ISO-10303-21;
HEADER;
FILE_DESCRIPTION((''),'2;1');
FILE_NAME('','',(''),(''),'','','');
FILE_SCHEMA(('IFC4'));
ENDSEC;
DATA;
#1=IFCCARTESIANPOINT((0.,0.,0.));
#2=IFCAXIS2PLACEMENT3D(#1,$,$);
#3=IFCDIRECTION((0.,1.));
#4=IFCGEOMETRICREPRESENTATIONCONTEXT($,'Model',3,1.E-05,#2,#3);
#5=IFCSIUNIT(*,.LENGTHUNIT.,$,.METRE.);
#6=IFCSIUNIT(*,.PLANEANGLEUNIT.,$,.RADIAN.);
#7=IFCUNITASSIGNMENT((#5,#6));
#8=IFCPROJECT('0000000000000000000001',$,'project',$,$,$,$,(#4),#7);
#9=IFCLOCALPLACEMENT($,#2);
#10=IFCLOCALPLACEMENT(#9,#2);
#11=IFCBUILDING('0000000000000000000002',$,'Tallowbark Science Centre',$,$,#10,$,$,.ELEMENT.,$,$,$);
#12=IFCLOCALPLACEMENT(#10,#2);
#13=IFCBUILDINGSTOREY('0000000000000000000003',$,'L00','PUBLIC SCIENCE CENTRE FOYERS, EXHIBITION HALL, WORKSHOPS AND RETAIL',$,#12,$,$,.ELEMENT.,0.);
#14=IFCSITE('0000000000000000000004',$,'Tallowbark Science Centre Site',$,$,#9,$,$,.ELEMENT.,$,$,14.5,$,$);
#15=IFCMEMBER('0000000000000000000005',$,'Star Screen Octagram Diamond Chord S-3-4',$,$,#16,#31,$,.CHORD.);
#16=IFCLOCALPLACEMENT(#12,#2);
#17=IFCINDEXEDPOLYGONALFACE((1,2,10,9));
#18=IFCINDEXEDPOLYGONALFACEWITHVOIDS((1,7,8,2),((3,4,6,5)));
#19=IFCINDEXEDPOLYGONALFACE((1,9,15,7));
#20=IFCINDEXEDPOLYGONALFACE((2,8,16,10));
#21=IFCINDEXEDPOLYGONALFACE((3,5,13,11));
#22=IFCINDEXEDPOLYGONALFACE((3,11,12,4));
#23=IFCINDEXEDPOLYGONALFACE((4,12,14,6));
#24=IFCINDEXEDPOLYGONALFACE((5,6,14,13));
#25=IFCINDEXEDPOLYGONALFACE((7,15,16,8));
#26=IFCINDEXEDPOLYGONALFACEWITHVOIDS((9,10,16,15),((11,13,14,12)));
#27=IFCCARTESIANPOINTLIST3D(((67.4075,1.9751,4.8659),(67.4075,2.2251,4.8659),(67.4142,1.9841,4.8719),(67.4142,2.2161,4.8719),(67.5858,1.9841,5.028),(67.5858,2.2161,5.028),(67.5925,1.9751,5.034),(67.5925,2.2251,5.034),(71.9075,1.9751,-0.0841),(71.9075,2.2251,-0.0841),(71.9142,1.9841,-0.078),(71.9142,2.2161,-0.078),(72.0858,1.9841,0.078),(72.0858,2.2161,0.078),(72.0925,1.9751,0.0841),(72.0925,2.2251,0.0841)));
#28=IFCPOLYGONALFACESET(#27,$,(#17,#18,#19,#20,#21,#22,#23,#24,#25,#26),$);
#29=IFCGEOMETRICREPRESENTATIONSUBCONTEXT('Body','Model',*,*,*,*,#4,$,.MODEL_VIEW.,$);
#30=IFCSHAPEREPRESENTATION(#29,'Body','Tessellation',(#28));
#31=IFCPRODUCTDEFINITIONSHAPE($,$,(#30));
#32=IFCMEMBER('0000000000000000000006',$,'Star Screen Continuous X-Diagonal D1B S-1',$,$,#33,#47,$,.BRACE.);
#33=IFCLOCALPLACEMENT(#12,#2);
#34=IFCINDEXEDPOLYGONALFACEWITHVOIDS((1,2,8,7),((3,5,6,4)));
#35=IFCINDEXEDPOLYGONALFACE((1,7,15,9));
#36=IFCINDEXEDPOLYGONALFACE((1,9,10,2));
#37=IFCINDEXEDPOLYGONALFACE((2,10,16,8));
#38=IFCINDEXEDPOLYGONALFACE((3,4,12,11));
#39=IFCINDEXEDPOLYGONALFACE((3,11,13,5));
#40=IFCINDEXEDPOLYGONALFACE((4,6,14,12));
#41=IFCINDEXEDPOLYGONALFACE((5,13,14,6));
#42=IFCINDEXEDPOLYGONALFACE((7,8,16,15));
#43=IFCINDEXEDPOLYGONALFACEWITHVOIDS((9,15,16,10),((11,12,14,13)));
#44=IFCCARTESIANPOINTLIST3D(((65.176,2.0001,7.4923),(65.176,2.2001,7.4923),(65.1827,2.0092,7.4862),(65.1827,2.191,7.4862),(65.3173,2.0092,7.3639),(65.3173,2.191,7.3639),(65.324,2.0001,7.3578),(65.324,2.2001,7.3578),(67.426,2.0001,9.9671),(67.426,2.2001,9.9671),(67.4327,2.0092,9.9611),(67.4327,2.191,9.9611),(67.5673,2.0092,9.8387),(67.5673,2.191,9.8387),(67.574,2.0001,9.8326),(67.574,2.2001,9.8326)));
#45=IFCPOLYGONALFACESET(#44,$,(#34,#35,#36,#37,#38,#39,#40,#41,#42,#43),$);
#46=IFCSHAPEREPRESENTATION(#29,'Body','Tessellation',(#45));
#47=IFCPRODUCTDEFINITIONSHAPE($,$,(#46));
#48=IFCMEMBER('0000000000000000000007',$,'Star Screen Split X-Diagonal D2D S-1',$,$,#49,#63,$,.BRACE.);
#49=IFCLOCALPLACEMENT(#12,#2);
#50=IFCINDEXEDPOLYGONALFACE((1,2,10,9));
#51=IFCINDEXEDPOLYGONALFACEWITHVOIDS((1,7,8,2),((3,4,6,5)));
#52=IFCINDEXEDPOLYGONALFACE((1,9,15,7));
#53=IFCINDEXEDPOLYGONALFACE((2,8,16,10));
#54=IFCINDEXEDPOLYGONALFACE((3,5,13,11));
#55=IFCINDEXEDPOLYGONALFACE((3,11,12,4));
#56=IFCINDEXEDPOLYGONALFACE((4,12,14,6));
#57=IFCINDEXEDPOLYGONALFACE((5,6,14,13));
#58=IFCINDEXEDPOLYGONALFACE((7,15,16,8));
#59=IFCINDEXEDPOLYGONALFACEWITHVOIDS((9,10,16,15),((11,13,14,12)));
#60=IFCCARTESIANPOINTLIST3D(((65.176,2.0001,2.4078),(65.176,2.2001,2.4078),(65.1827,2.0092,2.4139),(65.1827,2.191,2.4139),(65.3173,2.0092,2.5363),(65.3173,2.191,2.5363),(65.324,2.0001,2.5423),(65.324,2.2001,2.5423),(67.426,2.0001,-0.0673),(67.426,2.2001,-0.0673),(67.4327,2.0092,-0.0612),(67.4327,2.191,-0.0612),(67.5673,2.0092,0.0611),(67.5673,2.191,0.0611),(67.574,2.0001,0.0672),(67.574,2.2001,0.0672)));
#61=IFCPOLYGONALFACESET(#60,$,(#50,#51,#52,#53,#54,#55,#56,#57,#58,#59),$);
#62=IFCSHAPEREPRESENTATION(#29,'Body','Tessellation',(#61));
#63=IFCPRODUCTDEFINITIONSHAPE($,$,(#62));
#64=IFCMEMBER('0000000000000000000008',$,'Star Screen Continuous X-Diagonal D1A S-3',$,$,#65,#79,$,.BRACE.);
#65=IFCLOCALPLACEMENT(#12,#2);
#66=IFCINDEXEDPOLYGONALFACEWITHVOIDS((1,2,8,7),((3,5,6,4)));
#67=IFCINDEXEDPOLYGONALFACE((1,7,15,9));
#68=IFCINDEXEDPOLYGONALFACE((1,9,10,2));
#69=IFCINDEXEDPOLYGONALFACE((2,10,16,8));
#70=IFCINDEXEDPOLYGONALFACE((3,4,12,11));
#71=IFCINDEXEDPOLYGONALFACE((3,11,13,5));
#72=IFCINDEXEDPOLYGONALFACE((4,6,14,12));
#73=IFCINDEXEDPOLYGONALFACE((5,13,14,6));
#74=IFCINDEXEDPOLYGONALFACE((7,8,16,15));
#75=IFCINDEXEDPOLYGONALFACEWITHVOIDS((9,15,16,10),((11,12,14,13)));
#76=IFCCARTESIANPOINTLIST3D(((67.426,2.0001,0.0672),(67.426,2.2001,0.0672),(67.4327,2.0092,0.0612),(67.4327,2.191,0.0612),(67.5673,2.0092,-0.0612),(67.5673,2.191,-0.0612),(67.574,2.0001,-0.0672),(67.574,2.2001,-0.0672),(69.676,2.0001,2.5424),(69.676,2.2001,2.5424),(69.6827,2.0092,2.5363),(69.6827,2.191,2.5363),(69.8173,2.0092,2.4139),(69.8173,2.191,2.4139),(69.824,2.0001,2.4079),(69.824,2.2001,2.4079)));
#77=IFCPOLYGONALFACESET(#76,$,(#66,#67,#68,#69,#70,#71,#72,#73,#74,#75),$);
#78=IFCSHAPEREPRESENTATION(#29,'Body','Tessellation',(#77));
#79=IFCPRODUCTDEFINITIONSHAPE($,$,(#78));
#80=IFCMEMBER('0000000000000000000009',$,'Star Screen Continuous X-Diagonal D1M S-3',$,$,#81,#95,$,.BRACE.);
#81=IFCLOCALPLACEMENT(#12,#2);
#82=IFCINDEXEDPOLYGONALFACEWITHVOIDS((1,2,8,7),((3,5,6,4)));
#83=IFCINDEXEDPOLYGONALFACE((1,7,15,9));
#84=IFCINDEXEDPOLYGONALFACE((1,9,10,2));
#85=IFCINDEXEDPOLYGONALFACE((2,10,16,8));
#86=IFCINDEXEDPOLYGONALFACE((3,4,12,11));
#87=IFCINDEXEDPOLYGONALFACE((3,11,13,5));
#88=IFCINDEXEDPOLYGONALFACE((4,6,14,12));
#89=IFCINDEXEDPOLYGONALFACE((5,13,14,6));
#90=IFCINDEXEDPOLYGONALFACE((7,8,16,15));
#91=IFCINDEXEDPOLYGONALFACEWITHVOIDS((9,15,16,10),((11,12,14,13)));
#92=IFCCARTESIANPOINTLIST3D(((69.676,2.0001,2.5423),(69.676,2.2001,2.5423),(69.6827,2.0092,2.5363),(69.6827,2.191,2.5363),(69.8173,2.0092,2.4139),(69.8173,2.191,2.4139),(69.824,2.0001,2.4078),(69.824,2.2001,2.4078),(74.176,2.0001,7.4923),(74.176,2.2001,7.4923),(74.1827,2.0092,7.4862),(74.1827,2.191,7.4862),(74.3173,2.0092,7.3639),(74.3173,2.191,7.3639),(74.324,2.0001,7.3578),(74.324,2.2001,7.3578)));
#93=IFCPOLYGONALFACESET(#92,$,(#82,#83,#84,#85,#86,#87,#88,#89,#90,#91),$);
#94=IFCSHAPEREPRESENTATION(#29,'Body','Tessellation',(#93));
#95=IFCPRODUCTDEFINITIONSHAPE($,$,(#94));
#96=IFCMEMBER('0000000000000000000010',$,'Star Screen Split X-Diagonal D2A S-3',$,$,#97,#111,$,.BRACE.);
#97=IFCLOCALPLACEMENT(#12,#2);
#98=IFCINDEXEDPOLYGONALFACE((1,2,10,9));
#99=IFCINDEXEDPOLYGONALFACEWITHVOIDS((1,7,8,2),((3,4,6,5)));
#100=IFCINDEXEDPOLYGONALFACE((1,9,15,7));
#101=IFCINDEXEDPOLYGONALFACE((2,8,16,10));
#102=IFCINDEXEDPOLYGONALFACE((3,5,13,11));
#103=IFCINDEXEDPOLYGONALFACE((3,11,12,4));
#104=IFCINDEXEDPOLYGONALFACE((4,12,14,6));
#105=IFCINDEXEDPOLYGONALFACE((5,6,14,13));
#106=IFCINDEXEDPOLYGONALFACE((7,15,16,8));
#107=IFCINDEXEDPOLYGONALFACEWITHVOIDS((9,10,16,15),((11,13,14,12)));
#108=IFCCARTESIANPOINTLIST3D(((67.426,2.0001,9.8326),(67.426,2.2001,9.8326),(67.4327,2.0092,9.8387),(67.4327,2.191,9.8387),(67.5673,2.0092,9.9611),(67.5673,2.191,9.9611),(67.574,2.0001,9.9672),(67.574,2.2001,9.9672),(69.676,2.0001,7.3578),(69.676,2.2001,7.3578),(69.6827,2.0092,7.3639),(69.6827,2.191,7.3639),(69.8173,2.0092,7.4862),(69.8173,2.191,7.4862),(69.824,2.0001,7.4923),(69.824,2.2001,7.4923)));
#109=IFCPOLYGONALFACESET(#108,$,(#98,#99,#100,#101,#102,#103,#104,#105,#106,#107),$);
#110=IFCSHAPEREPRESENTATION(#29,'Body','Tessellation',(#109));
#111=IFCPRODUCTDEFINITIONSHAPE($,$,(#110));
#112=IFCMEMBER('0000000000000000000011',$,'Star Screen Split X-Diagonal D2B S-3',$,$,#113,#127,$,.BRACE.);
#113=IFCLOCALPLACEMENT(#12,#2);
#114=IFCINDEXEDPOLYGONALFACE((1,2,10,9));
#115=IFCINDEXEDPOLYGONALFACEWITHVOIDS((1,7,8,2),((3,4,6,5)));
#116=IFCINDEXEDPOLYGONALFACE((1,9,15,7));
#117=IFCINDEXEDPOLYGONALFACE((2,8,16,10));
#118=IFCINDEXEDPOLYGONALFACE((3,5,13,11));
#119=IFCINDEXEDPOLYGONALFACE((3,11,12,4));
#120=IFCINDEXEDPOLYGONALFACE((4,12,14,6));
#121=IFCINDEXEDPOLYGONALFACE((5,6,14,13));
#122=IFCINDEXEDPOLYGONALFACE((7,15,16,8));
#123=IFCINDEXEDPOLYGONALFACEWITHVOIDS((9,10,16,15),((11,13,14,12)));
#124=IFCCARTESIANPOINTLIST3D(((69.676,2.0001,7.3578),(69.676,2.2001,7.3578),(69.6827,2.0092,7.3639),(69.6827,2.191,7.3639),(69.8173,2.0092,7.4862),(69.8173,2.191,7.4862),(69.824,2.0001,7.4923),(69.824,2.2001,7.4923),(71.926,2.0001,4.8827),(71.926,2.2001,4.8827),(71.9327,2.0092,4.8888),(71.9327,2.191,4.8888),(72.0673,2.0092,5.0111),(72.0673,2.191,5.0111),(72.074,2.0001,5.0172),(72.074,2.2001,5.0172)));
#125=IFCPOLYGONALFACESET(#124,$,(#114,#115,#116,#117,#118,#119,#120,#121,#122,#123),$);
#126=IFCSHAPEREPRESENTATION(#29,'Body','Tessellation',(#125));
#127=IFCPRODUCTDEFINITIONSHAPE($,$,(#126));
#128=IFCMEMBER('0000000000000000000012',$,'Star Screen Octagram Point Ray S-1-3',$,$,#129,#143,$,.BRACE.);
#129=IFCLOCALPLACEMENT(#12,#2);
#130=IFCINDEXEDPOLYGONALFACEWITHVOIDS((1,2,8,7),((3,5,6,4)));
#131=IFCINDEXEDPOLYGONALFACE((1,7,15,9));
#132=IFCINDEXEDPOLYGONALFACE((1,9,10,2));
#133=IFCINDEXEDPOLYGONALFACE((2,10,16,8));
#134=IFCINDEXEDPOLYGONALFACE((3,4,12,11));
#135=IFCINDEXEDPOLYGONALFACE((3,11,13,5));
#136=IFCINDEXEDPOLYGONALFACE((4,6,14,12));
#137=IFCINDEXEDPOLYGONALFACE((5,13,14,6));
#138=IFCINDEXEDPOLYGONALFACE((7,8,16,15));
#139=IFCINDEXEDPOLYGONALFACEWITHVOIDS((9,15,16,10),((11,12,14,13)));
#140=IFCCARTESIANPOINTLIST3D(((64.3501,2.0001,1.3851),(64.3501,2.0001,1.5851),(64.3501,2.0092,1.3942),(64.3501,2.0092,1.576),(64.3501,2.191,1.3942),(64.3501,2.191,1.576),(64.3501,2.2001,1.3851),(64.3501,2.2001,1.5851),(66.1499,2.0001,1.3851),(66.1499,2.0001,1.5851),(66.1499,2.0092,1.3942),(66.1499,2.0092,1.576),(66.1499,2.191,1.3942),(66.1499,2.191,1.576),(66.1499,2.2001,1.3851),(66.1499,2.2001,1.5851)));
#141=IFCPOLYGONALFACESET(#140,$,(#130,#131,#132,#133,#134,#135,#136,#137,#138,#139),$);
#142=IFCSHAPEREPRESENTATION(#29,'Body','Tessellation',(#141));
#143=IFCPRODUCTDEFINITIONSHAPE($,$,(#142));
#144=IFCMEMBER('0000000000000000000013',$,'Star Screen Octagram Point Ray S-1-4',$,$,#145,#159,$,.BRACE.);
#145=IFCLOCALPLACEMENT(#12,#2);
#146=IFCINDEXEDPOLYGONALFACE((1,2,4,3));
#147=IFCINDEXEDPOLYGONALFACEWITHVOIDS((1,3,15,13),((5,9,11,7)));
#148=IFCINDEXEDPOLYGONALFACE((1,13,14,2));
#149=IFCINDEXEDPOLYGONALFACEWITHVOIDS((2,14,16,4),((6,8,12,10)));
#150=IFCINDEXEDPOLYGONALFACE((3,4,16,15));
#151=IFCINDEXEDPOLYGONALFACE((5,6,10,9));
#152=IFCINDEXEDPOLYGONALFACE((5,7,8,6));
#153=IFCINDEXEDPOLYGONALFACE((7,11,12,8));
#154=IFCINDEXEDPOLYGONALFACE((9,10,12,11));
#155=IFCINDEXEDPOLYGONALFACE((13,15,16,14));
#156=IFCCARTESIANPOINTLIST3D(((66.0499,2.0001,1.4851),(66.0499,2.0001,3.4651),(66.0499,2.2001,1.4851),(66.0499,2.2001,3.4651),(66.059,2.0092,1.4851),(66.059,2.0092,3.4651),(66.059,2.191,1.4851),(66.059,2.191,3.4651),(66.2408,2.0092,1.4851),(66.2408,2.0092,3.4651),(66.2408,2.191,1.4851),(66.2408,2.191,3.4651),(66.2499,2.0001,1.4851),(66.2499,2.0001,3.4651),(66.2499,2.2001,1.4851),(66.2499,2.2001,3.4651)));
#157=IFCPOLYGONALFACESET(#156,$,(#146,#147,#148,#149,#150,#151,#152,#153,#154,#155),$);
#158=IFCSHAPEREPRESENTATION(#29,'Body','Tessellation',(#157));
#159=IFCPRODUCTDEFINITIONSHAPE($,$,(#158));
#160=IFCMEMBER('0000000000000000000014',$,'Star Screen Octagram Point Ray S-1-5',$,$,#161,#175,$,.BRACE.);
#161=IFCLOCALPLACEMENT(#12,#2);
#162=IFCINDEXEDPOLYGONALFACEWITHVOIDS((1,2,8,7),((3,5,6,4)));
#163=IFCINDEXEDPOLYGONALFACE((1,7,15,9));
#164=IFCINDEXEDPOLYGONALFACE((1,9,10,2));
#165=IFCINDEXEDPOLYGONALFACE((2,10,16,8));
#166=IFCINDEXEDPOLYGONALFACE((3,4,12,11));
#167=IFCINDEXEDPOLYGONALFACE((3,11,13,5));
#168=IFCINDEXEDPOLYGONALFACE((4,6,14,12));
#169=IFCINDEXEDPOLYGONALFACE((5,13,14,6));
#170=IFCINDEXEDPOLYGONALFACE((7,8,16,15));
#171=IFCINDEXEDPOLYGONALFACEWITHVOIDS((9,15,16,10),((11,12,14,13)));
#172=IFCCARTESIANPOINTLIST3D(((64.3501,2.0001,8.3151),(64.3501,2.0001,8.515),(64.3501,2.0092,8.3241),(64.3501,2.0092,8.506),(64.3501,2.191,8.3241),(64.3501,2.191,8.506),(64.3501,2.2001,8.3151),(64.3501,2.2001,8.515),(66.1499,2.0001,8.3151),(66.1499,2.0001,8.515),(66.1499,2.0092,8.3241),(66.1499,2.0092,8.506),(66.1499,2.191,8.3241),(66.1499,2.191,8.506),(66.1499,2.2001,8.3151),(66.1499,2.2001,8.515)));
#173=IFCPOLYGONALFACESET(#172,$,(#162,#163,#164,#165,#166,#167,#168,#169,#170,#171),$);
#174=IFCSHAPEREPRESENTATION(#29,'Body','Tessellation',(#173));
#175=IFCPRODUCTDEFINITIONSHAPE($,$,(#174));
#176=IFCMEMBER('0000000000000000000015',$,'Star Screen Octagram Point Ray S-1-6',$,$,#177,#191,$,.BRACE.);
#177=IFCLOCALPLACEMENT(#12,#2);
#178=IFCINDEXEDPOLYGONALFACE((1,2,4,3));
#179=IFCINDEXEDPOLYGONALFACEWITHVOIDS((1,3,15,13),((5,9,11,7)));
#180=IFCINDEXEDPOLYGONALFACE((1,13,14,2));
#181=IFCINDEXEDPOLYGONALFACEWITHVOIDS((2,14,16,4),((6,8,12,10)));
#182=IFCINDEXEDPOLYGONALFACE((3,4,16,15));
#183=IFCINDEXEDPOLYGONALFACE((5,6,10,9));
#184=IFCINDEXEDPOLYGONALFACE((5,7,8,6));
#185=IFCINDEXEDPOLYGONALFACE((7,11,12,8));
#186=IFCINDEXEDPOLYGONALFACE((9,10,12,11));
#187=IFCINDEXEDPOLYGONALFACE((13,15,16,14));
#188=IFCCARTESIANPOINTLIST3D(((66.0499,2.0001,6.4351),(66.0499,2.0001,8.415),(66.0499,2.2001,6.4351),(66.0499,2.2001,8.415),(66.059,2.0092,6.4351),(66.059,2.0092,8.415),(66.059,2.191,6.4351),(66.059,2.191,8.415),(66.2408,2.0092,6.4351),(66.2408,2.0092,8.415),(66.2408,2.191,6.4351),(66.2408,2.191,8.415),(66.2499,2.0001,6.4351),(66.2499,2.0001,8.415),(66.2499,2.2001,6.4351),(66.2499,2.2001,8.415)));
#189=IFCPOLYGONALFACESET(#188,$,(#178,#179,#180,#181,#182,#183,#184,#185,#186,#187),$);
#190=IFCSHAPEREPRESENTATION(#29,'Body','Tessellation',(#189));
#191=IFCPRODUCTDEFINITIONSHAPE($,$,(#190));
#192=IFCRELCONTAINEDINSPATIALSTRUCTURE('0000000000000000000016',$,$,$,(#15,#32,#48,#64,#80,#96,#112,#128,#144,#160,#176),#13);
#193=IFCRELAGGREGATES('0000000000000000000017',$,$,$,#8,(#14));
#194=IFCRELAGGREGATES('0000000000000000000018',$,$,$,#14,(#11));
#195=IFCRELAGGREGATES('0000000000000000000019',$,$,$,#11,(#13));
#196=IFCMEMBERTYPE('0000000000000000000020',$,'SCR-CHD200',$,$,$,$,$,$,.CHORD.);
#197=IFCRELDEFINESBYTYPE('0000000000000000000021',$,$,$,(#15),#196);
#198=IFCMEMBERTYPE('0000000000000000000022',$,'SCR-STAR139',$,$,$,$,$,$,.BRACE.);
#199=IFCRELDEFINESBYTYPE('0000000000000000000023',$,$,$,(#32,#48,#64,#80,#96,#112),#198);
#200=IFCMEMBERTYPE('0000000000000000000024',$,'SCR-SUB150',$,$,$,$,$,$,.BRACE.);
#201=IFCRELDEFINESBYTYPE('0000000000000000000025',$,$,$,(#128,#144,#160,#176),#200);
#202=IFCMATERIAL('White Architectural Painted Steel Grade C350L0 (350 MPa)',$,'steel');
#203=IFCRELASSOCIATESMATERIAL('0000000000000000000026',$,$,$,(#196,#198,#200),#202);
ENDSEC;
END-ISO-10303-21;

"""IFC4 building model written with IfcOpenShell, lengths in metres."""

from ifc_helpers import new_model, si_unit, direction, frame, origin, origin_2d, place, context, subcontext, project, spatial, hollow_rectangle, extrude, material, material_profile, profile_set, type_object, element, save


model = new_model("IFC4")

# Units and contexts
model_context = context("Model", 3, precision=1e-05, world=origin(), true_north=direction((0.0, 1.0)))
body_context = subcontext(model_context, "Body", "Model", "MODEL_VIEW")
ifc_project = project(units=[si_unit("LENGTHUNIT", "METRE"), si_unit("PLANEANGLEUNIT", "RADIAN")], contexts=[model_context])

# Site, building, storey
site_placement = place(None, origin())
site = spatial("IfcSite", under=ifc_project, at=site_placement, Name="Tallowbark Science Centre Site", CompositionType="ELEMENT", RefElevation=14.5)
building_placement = place(site_placement, origin())
building = spatial("IfcBuilding", under=site, at=building_placement, Name="Tallowbark Science Centre", CompositionType="ELEMENT")
storey_placement = place(building_placement, origin())
storey = spatial("IfcBuildingStorey", under=building, at=storey_placement, Name="L00", Description="PUBLIC SCIENCE CENTRE FOYERS, EXHIBITION HALL, WORKSHOPS AND RETAIL", CompositionType="ELEMENT", Elevation=0.0)

# Shared definitions
ifc_material_1 = material(Name="White Architectural Painted Steel Grade C350L0 (350 MPa)", Category="steel")

# Members
ifc_material_profile_1 = material_profile(ifc_material_1, hollow_rectangle(XDim=0.25, YDim=0.25, WallThickness=0.009, at=origin_2d()), Name="250x250x9.0SHS")
ifc_profile_set_1 = profile_set([ifc_material_profile_1], Name="White Architectural Painted Steel Grade C350L0 (350 MPa)")
member_type_1 = type_object("IfcMemberType", Name="SCR-CHD200", PredefinedType="CHORD", material=ifc_profile_set_1)
member_1_placement = place(storey_placement, frame((67.5, 2.1001, 4.95), z_axis=(0.672676, 0.0, -0.739937), x_axis=(0.0, 1.0, 0.0)))
element("IfcMember", 1, at=member_1_placement, inside=storey, type_object=member_type_1, Name="Star Screen Octagram Diamond Chord S-3-4", PredefinedType="CHORD", context=body_context, shape_type="SweptSolid", body=[
    extrude(hollow_rectangle(XDim=0.25, YDim=0.25, WallThickness=0.009, at=origin_2d()), origin(), (0.0, 0.0, 1.0), 6.6897),
])
ifc_material_profile_2 = material_profile(ifc_material_1, hollow_rectangle(XDim=0.2, YDim=0.2, WallThickness=0.009, at=origin_2d()), Name="200x200x9.0SHS")
ifc_profile_set_2 = profile_set([ifc_material_profile_2], Name="White Architectural Painted Steel Grade C350L0 (350 MPa)")
member_type_2 = type_object("IfcMemberType", Name="SCR-STAR139", PredefinedType="BRACE", material=ifc_profile_set_2)
member_2_placement = place(storey_placement, frame((65.25, 2.1001, 7.425), z_axis=(0.672695, 0.0, 0.73992), x_axis=(0.0, 1.0, 0.0)))
element("IfcMember", 2, at=member_2_placement, inside=storey, type_object=member_type_2, Name="Star Screen Continuous X-Diagonal D1B S-1", PredefinedType="BRACE", context=body_context, shape_type="SweptSolid", body=[
    extrude(hollow_rectangle(XDim=0.2, YDim=0.2, WallThickness=0.009, at=origin_2d()), origin(), (0.0, 0.0, 1.0), 3.3447),
])
for number, where, z_axis, x_axis, name in (
    (3, (65.25, 2.1001, 2.4751), (0.672658, 0.0, -0.739953), (0.0, 1.0, 0.0), "Star Screen Split X-Diagonal D2D S-1"),
    (4, (67.5, 2.1001, 0.0), (0.672658, 0.0, 0.739953), (0.0, 1.0, 0.0), "Star Screen Continuous X-Diagonal D1A S-3"),
):
    element("IfcMember", number, at=place(storey_placement, frame(where, z_axis=z_axis, x_axis=x_axis)), inside=storey, type_object=member_type_2, Name=name, PredefinedType="BRACE", context=body_context, shape_type="SweptSolid", body=[
        extrude(hollow_rectangle(XDim=0.2, YDim=0.2, WallThickness=0.009, at=origin_2d()), origin(), (0.0, 0.0, 1.0), 3.345),
    ])
member_3_placement = place(storey_placement, frame((69.75, 2.1001, 2.4751), z_axis=(0.672676, 0.0, 0.739937), x_axis=(0.0, 1.0, 0.0)))
element("IfcMember", 5, at=member_3_placement, inside=storey, type_object=member_type_2, Name="Star Screen Continuous X-Diagonal D1M S-3", PredefinedType="BRACE", context=body_context, shape_type="SweptSolid", body=[
    extrude(hollow_rectangle(XDim=0.2, YDim=0.2, WallThickness=0.009, at=origin_2d()), origin(), (0.0, 0.0, 1.0), 6.6897),
])
member_4_placement = place(storey_placement, frame((67.5, 2.1001, 9.8999), z_axis=(0.672695, 0.0, -0.73992), x_axis=(0.0, 1.0, 0.0)))
element("IfcMember", 6, at=member_4_placement, inside=storey, type_object=member_type_2, Name="Star Screen Split X-Diagonal D2A S-3", PredefinedType="BRACE", context=body_context, shape_type="SweptSolid", body=[
    extrude(hollow_rectangle(XDim=0.2, YDim=0.2, WallThickness=0.009, at=origin_2d()), origin(), (0.0, 0.0, 1.0), 3.3447),
])
member_5_placement = place(storey_placement, frame((69.75, 2.1001, 7.425), z_axis=(0.672658, 0.0, -0.739953), x_axis=(0.0, 1.0, 0.0)))
element("IfcMember", 7, at=member_5_placement, inside=storey, type_object=member_type_2, Name="Star Screen Split X-Diagonal D2B S-3", PredefinedType="BRACE", context=body_context, shape_type="SweptSolid", body=[
    extrude(hollow_rectangle(XDim=0.2, YDim=0.2, WallThickness=0.009, at=origin_2d()), origin(), (0.0, 0.0, 1.0), 3.345),
])
ifc_material_profile_3 = material_profile(ifc_material_1, hollow_rectangle(XDim=0.2, YDim=0.2, WallThickness=0.009, at=origin_2d()), Name="200x200x9.0SHS")
ifc_profile_set_3 = profile_set([ifc_material_profile_3], Name="White Architectural Painted Steel Grade C350L0 (350 MPa)")
member_type_3 = type_object("IfcMemberType", Name="SCR-SUB150", PredefinedType="BRACE", material=ifc_profile_set_3)
member_6_placement = place(storey_placement, frame((66.1499, 2.1001, 1.4851), z_axis=(-1.0, 0.0, 0.0), x_axis=(0.0, -1.0, 0.0)))
element("IfcMember", 8, at=member_6_placement, inside=storey, type_object=member_type_3, Name="Star Screen Octagram Point Ray S-1-3", PredefinedType="BRACE", context=body_context, shape_type="SweptSolid", body=[
    extrude(hollow_rectangle(XDim=0.2, YDim=0.2, WallThickness=0.009, at=origin_2d()), origin(), (0.0, 0.0, 1.0), 1.7998),
])
member_7_placement = place(storey_placement, frame((66.1499, 2.1001, 1.4851), z_axis=(0.0, 0.0, 1.0), x_axis=(1.0, 0.0, 0.0)))
element("IfcMember", 9, at=member_7_placement, inside=storey, type_object=member_type_3, Name="Star Screen Octagram Point Ray S-1-4", PredefinedType="BRACE", context=body_context, shape_type="SweptSolid", body=[
    extrude(hollow_rectangle(XDim=0.2, YDim=0.2, WallThickness=0.009, at=origin_2d()), origin(), (0.0, 0.0, 1.0), 1.98),
])
member_8_placement = place(storey_placement, frame((66.1499, 2.1001, 8.415), z_axis=(-1.0, 0.0, 0.0), x_axis=(0.0, -1.0, 0.0)))
element("IfcMember", 10, at=member_8_placement, inside=storey, type_object=member_type_3, Name="Star Screen Octagram Point Ray S-1-5", PredefinedType="BRACE", context=body_context, shape_type="SweptSolid", body=[
    extrude(hollow_rectangle(XDim=0.2, YDim=0.2, WallThickness=0.009, at=origin_2d()), origin(), (0.0, 0.0, 1.0), 1.7998),
])
member_9_placement = place(storey_placement, frame((66.1499, 2.1001, 8.415), z_axis=(0.0, 0.0, -1.0), x_axis=(1.0, 0.0, 0.0)))
element("IfcMember", 11, at=member_9_placement, inside=storey, type_object=member_type_3, Name="Star Screen Octagram Point Ray S-1-6", PredefinedType="BRACE", context=body_context, shape_type="SweptSolid", body=[
    extrude(hollow_rectangle(XDim=0.2, YDim=0.2, WallThickness=0.009, at=origin_2d()), origin(), (0.0, 0.0, 1.0), 1.98),
])

save(model, "model.ifc")
